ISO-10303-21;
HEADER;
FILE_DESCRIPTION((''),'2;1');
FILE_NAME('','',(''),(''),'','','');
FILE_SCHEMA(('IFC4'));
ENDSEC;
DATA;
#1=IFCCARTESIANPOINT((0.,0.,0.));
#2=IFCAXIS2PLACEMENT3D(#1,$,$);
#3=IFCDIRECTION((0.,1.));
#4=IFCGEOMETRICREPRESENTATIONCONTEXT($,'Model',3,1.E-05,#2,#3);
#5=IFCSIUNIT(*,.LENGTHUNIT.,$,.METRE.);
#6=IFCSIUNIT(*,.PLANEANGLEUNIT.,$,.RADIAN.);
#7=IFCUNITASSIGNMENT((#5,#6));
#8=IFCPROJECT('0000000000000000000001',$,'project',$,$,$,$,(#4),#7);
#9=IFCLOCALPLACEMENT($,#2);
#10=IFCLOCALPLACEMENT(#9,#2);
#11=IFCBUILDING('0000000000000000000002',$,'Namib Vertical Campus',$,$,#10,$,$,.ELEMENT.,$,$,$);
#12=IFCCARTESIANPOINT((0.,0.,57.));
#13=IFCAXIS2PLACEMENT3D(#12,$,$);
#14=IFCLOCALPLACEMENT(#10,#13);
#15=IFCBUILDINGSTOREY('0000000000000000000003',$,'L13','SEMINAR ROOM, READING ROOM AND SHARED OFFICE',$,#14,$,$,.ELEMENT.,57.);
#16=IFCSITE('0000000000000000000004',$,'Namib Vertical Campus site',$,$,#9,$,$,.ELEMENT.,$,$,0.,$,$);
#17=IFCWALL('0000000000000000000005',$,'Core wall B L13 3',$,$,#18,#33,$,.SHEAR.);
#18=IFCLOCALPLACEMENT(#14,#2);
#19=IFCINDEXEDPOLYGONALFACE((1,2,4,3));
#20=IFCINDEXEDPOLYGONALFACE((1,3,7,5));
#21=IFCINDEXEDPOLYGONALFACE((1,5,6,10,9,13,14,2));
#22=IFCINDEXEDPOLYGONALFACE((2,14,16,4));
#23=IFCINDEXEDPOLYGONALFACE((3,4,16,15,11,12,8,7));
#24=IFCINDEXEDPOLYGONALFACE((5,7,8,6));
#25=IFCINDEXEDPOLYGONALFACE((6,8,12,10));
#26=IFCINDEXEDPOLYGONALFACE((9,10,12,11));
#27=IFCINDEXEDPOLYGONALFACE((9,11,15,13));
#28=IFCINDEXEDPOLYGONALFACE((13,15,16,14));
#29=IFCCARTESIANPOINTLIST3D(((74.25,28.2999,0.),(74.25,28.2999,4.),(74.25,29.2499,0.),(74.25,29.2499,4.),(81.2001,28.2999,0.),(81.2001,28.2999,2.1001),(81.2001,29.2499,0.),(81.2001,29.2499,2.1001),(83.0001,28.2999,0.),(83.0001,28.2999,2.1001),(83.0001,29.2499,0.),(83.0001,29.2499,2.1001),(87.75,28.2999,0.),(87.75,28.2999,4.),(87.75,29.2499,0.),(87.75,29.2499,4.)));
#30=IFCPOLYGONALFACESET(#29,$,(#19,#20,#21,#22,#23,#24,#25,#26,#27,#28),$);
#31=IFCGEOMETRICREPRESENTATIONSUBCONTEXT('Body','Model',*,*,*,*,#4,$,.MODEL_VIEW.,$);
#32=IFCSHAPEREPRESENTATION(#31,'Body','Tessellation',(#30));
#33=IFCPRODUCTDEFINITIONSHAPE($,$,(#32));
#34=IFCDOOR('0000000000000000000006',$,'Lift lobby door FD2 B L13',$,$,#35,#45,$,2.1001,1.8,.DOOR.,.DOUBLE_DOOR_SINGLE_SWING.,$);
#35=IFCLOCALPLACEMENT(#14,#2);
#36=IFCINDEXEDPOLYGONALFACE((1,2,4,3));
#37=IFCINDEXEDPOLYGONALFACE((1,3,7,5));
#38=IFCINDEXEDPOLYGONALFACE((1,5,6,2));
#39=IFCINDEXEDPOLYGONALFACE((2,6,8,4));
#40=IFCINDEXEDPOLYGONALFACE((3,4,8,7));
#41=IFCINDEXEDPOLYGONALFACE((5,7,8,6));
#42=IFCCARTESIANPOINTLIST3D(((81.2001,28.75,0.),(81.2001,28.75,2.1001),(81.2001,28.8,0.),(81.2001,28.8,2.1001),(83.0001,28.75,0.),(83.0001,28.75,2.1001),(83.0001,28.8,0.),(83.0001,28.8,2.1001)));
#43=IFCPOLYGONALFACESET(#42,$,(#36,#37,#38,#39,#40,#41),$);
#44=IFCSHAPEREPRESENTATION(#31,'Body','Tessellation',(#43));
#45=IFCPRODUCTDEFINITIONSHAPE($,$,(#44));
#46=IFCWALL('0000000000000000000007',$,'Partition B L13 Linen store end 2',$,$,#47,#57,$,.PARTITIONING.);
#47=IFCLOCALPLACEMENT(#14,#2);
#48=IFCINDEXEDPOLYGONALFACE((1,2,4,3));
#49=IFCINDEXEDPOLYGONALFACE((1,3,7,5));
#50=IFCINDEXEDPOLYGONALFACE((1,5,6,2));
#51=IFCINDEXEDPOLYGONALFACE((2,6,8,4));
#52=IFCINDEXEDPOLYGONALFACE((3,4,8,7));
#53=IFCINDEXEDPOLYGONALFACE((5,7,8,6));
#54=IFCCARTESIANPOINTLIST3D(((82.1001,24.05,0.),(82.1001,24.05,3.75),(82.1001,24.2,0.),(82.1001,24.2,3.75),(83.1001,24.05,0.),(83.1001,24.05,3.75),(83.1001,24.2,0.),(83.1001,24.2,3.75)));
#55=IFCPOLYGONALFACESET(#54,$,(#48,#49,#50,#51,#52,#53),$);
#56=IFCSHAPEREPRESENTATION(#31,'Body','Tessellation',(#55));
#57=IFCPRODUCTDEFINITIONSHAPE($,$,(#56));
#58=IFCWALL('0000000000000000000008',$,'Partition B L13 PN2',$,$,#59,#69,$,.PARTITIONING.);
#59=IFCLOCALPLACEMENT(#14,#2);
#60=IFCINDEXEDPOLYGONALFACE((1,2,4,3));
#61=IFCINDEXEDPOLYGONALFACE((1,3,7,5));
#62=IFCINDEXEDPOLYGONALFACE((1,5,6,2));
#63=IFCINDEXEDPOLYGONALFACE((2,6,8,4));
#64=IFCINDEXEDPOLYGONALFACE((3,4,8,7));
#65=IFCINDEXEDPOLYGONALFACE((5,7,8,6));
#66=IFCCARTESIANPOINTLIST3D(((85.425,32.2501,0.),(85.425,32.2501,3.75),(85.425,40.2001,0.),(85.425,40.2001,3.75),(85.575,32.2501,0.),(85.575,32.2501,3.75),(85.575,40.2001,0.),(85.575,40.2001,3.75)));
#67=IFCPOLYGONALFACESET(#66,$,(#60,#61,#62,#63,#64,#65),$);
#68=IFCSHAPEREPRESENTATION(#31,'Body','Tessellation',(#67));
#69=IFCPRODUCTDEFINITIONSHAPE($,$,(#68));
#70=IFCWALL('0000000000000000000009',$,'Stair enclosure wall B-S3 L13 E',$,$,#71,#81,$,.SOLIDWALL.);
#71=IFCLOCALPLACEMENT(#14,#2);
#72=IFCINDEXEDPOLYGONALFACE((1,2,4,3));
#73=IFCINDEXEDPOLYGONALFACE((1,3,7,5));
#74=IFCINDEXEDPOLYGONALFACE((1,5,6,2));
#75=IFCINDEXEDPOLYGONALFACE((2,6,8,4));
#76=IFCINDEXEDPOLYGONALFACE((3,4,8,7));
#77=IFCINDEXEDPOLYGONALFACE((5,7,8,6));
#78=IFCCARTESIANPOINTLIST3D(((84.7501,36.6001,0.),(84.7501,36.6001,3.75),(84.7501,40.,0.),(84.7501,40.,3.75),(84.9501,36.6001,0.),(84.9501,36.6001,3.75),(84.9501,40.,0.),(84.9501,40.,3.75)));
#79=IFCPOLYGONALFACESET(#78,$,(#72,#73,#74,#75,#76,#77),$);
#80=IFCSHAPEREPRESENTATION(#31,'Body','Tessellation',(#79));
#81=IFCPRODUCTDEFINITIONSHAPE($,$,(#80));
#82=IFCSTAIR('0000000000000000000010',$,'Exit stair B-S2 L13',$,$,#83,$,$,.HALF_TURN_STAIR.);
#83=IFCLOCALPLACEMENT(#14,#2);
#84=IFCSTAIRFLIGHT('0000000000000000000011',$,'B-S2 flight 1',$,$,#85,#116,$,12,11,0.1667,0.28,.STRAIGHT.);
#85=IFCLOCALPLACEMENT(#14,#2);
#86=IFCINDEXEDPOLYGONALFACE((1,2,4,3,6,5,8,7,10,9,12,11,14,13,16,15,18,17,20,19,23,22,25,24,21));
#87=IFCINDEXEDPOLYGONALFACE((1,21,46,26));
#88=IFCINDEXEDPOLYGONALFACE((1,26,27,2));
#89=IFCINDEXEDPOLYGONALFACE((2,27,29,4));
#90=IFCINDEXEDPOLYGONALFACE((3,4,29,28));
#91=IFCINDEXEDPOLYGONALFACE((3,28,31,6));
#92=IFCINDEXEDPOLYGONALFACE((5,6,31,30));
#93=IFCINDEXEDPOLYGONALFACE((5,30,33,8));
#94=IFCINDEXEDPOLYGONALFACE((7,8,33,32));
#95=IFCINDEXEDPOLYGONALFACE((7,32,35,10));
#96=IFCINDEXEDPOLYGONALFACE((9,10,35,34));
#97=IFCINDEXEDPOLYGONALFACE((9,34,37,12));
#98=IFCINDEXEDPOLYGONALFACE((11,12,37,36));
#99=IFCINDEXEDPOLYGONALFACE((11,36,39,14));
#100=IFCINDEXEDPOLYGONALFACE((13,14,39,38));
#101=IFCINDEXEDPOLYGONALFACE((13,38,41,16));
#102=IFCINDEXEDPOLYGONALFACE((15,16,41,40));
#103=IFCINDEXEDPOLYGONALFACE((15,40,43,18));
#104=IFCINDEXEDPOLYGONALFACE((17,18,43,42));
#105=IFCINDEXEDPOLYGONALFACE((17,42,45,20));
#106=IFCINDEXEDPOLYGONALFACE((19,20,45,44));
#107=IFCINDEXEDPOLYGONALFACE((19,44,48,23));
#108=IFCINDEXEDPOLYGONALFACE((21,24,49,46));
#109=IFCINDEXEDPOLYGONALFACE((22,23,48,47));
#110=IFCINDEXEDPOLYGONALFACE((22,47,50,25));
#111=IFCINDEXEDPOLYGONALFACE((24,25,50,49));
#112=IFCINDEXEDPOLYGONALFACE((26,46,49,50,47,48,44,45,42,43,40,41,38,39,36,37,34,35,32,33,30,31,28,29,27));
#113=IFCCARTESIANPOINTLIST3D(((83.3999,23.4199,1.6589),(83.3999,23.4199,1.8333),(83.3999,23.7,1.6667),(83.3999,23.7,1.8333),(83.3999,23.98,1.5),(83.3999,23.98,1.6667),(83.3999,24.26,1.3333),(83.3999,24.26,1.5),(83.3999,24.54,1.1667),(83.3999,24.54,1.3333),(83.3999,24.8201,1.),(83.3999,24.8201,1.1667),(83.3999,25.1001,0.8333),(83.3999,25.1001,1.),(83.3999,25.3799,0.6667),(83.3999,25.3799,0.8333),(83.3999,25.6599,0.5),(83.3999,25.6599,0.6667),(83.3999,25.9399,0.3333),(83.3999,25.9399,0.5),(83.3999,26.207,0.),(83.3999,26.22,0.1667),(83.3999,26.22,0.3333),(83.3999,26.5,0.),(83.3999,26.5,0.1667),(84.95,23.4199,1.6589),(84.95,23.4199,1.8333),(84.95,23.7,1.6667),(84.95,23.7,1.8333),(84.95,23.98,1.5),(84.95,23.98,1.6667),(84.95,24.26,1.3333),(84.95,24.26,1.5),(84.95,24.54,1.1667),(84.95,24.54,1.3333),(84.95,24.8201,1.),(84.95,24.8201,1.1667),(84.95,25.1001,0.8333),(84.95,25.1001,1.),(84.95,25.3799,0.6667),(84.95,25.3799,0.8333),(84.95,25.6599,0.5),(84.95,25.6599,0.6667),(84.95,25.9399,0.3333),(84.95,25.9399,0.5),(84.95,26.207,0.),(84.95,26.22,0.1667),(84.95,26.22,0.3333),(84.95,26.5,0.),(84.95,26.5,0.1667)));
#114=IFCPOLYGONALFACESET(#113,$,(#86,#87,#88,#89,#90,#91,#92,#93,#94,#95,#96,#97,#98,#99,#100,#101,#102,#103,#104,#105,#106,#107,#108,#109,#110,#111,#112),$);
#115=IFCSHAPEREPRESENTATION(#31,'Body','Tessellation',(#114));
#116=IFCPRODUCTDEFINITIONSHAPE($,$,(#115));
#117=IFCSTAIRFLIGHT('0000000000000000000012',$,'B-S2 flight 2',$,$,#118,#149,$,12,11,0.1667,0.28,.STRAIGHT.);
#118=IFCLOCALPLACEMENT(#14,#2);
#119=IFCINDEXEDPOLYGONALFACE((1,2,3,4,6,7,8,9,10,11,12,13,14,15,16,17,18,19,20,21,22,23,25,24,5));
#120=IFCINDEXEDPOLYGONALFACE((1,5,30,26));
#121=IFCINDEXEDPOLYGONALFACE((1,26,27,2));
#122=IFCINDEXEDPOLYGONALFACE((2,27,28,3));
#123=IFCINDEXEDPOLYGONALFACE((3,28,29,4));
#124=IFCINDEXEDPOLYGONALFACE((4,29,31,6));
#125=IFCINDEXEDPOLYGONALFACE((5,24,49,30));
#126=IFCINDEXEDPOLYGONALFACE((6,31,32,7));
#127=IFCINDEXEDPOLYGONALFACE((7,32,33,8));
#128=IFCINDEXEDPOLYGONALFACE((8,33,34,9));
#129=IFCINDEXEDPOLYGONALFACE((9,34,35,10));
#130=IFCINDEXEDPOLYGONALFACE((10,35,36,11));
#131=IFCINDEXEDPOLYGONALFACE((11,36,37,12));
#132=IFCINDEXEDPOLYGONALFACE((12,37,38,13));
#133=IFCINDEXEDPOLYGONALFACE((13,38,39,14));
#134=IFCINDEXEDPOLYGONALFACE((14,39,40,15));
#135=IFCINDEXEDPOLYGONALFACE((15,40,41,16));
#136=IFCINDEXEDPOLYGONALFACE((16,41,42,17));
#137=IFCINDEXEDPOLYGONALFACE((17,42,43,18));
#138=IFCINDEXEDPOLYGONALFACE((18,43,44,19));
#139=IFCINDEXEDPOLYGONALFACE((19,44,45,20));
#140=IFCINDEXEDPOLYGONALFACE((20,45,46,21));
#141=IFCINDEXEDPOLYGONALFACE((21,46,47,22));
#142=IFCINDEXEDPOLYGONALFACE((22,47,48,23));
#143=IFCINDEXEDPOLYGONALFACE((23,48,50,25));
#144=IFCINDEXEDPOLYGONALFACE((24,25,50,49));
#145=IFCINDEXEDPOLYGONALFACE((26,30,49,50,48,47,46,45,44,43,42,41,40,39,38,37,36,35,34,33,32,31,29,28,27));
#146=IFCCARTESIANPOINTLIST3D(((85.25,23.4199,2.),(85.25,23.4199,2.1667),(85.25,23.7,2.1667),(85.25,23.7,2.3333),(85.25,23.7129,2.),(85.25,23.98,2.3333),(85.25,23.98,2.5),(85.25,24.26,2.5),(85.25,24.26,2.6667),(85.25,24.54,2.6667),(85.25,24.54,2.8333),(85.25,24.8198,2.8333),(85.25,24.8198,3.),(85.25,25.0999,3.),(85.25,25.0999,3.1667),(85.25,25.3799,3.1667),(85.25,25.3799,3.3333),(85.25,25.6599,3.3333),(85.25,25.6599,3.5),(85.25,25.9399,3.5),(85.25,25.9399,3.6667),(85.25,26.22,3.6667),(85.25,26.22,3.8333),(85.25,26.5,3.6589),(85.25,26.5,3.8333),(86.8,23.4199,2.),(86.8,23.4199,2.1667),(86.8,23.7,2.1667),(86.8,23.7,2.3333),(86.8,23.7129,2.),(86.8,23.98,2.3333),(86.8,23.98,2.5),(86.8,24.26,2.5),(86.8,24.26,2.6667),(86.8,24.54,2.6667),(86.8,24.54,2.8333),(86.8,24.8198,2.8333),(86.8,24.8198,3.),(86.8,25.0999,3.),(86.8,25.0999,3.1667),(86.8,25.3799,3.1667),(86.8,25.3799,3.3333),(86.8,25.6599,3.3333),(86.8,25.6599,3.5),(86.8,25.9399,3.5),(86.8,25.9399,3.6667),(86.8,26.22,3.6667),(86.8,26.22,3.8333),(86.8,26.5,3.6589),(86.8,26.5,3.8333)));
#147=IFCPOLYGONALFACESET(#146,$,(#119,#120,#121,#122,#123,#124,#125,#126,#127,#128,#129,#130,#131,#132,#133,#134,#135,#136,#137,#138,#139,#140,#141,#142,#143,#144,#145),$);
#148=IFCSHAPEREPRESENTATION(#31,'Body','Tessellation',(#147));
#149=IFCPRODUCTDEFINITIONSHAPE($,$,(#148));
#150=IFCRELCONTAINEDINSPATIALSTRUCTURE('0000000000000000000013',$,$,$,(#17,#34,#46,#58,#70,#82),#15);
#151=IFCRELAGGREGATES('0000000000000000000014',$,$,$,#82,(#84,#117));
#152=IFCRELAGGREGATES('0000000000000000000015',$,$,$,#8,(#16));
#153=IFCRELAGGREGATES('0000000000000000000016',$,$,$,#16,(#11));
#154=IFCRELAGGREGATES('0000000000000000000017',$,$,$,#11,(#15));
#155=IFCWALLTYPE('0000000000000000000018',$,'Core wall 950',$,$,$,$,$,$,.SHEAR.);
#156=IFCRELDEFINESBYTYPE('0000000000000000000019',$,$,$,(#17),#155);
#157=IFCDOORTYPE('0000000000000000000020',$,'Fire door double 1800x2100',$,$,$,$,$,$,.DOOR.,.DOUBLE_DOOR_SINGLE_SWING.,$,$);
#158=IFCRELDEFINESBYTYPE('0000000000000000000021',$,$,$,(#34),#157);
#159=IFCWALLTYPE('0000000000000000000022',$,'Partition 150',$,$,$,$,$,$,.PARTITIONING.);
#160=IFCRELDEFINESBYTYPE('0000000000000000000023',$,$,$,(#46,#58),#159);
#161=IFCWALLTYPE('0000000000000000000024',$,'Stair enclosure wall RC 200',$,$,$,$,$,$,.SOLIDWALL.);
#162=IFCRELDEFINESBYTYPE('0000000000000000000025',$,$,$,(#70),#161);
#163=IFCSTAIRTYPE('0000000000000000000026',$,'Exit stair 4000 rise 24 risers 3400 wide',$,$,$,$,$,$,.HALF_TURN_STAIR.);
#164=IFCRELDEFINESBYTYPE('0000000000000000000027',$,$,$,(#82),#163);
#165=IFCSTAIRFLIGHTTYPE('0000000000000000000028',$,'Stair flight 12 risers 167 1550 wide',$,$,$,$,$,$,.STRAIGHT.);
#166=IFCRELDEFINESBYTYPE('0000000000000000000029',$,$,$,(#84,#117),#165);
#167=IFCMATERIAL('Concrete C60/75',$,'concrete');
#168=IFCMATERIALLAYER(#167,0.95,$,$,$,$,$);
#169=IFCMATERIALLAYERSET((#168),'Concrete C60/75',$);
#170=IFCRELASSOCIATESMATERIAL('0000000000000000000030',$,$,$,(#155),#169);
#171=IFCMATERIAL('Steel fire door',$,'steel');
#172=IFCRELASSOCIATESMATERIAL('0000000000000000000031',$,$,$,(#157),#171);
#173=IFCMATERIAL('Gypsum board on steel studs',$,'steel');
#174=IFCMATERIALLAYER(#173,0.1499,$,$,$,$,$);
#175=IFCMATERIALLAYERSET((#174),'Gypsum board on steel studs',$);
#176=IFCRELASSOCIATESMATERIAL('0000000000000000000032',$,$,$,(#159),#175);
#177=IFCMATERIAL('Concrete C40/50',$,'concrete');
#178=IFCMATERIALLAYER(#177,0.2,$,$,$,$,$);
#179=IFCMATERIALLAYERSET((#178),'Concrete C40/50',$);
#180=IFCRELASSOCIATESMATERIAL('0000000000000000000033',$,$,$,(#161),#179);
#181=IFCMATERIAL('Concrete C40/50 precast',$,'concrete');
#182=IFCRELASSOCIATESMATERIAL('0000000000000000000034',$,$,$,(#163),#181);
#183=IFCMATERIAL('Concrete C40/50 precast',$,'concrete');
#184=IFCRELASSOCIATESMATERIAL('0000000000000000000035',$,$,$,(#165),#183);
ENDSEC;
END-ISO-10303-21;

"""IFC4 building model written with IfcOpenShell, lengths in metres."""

from ifc_helpers import new_model, si_unit, direction, frame, frame_2d, origin, place, context, subcontext, project, spatial, polyline, rectangle, outline, extrude, material, layer, layer_set, type_object, element, fill, aggregate, save


model = new_model("IFC4")

# Units and contexts
model_context = context("Model", 3, precision=1e-05, world=origin(), true_north=direction((0.0, 1.0)))
body_context = subcontext(model_context, "Body", "Model", "MODEL_VIEW")
ifc_project = project(units=[si_unit("LENGTHUNIT", "METRE"), si_unit("PLANEANGLEUNIT", "RADIAN")], contexts=[model_context])

# Site, building, storey
site_placement = place(None, origin())
site = spatial("IfcSite", under=ifc_project, at=site_placement, Name="Namib Vertical Campus site", CompositionType="ELEMENT", RefElevation=0.0)
building_placement = place(site_placement, origin())
building = spatial("IfcBuilding", under=site, at=building_placement, Name="Namib Vertical Campus", CompositionType="ELEMENT")
storey_placement = place(building_placement, frame((0.0, 0.0, 57.0)))
storey = spatial("IfcBuildingStorey", under=building, at=storey_placement, Name="L13", Description="SEMINAR ROOM, READING ROOM AND SHARED OFFICE", CompositionType="ELEMENT", Elevation=57.0)

# Wall, opening, door
ifc_material_1 = material(Name="Concrete C60/75", Category="concrete")
ifc_layer_1 = layer(ifc_material_1, 0.95)
ifc_layer_set_1 = layer_set([ifc_layer_1], Name="Concrete C60/75")
wall_type_1 = type_object("IfcWallType", Name="Core wall 950", PredefinedType="SHEAR", material=ifc_layer_set_1)
wall_1_placement = place(storey_placement, frame((87.75, 28.7749, 0.0), z_axis=(0.0, 0.0, 1.0), x_axis=(-1.0, 0.0, 0.0)))
wall_1 = element("IfcWall", 1, at=wall_1_placement, inside=storey, type_object=wall_type_1, Name="Core wall B L13 3", PredefinedType="SHEAR", context=body_context, shape_type="SweptSolid", body=[
    extrude(rectangle(XDim=13.5, YDim=0.95, at=frame_2d((6.75, 0.0))), origin(), (0.0, 0.0, 1.0), 4.0),
])
opening_placement = place(wall_1_placement, frame((4.75, 0.0, 0.0)))
opening = element("IfcOpeningElement", 2, at=opening_placement, cuts=wall_1, PredefinedType="OPENING", context=body_context, shape_type="SweptSolid", body=[
    extrude(rectangle(XDim=1.8, YDim=2.1001, at=frame_2d((0.8999, 1.05))), frame((0.0, 0.4849, 0.0), z_axis=(0.0, -1.0, 0.0), x_axis=(1.0, 0.0, 0.0)), (0.0, 0.0, 1.0), 0.97),
])
ifc_material_2 = material(Name="Steel fire door", Category="steel")
door_type = type_object("IfcDoorType", Name="Fire door double 1800x2100", OperationType="DOUBLE_DOOR_SINGLE_SWING", PredefinedType="DOOR", material=ifc_material_2)
door_placement = place(opening_placement, origin())
door = element("IfcDoor", 3, at=door_placement, inside=storey, type_object=door_type, Name="Lift lobby door FD2 B L13", OperationType="DOUBLE_DOOR_SINGLE_SWING", OverallHeight=2.1001, OverallWidth=1.8, PredefinedType="DOOR", context=body_context, shape_type="SweptSolid", body=[
    extrude(rectangle(XDim=1.8, YDim=2.1001, at=frame_2d((0.8999, 1.05))), frame((0.0, 0.0249, 0.0), z_axis=(0.0, -1.0, 0.0), x_axis=(1.0, 0.0, 0.0)), (0.0, 0.0, 1.0), 0.05),
])
fill(opening, door)

# Walls
ifc_material_3 = material(Name="Gypsum board on steel studs", Category="steel")
ifc_layer_2 = layer(ifc_material_3, 0.1499)
ifc_layer_set_2 = layer_set([ifc_layer_2], Name="Gypsum board on steel studs")
wall_type_2 = type_object("IfcWallType", Name="Partition 150", PredefinedType="PARTITIONING", material=ifc_layer_set_2)
wall_2_placement = place(storey_placement, frame((82.1001, 24.125, 0.0), z_axis=(0.0, 0.0, 1.0), x_axis=(1.0, 0.0, 0.0)))
element("IfcWall", 4, at=wall_2_placement, inside=storey, type_object=wall_type_2, Name="Partition B L13 Linen store end 2", PredefinedType="PARTITIONING", context=body_context, shape_type="SweptSolid", body=[
    extrude(rectangle(XDim=1.0, YDim=0.1499, at=frame_2d((0.5, 0.0))), origin(), (0.0, 0.0, 1.0), 3.75),
])
wall_3_placement = place(storey_placement, frame((85.5, 32.25, 0.0), z_axis=(0.0, 0.0, 1.0), x_axis=(0.0, 1.0, 0.0)))
element("IfcWall", 5, at=wall_3_placement, inside=storey, type_object=wall_type_2, Name="Partition B L13 PN2", PredefinedType="PARTITIONING", context=body_context, shape_type="SweptSolid", body=[
    extrude(rectangle(XDim=7.95, YDim=0.1499, at=frame_2d((3.9751, 0.0))), origin(), (0.0, 0.0, 1.0), 3.75),
])
ifc_material_4 = material(Name="Concrete C40/50", Category="concrete")
ifc_layer_3 = layer(ifc_material_4, 0.2)
ifc_layer_set_3 = layer_set([ifc_layer_3], Name="Concrete C40/50")
wall_type_3 = type_object("IfcWallType", Name="Stair enclosure wall RC 200", PredefinedType="SOLIDWALL", material=ifc_layer_set_3)
wall_4_placement = place(storey_placement, frame((84.8501, 36.6001, 0.0), z_axis=(0.0, 0.0, 1.0), x_axis=(0.0, 1.0, 0.0)))
element("IfcWall", 6, at=wall_4_placement, inside=storey, type_object=wall_type_3, Name="Stair enclosure wall B-S3 L13 E", PredefinedType="SOLIDWALL", context=body_context, shape_type="SweptSolid", body=[
    extrude(rectangle(XDim=3.3999, YDim=0.2, at=frame_2d((1.7, 0.0))), origin(), (0.0, 0.0, 1.0), 3.75),
])

# Stair, stair flights
ifc_material_5 = material(Name="Concrete C40/50 precast", Category="concrete")
stair_type = type_object("IfcStairType", Name="Exit stair 4000 rise 24 risers 3400 wide", PredefinedType="HALF_TURN_STAIR", material=ifc_material_5)
stair_1_placement = place(storey_placement, origin())
stair_1 = element("IfcStair", 7, at=stair_1_placement, inside=storey, type_object=stair_type, Name="Exit stair B-S2 L13", PredefinedType="HALF_TURN_STAIR")
ifc_material_6 = material(Name="Concrete C40/50 precast", Category="concrete")
stair_flight_type = type_object("IfcStairFlightType", Name="Stair flight 12 risers 167 1550 wide", PredefinedType="STRAIGHT", material=ifc_material_6)
stair_flight_1_placement = place(storey_placement, frame((84.175, 26.5, 0.0), z_axis=(0.0, 0.0, 1.0), x_axis=(0.0, -1.0, 0.0)))
stair_flight_1 = element("IfcStairFlight", 8, at=stair_flight_1_placement, type_object=stair_flight_type, Name="B-S2 flight 1", NumberOfRisers=12, NumberOfTreads=11, PredefinedType="STRAIGHT", RiserHeight=0.1667, TreadLength=0.28, context=body_context, shape_type="SweptSolid", body=[
    extrude(outline(polyline([(0.0, 0.0), (0.0, 0.1667), (0.28, 0.1667), (0.28, 0.3333), (0.5601, 0.3333), (0.5601, 0.5), (0.8401, 0.5), (0.8401, 0.6667), (1.1201, 0.6667), (1.1201, 0.8333), (1.3999, 0.8333), (1.3999, 1.0), (1.6799, 1.0), (1.6799, 1.1667), (1.96, 1.1667), (1.96, 1.3333), (2.24, 1.3333), (2.24, 1.5), (2.52, 1.5), (2.52, 1.6667), (2.8, 1.6667), (2.8, 1.8333), (3.0801, 1.8333), (3.0801, 2.0), (3.0801, 1.6589), (0.293, 0.0), (0.0, 0.0)])), frame((0.0, 0.7749, 0.0), z_axis=(0.0, -1.0, 0.0), x_axis=(1.0, 0.0, 0.0)), (0.0, 0.0, 1.0), 1.55),
])
stair_flight_2_placement = place(storey_placement, frame((86.0249, 23.4199, 2.0), z_axis=(0.0, 0.0, 1.0), x_axis=(0.0, 1.0, 0.0)))
stair_flight_2 = element("IfcStairFlight", 9, at=stair_flight_2_placement, type_object=stair_flight_type, Name="B-S2 flight 2", NumberOfRisers=12, NumberOfTreads=11, PredefinedType="STRAIGHT", RiserHeight=0.1667, TreadLength=0.28, context=body_context, shape_type="SweptSolid", body=[
    extrude(outline(polyline([(0.0, 0.0), (0.0, 0.1667), (0.28, 0.1667), (0.28, 0.3333), (0.5601, 0.3333), (0.5601, 0.5), (0.8401, 0.5), (0.8401, 0.6667), (1.1201, 0.6667), (1.1201, 0.8333), (1.3999, 0.8333), (1.3999, 1.0), (1.6799, 1.0), (1.6799, 1.1667), (1.96, 1.1667), (1.96, 1.3333), (2.24, 1.3333), (2.24, 1.5), (2.52, 1.5), (2.52, 1.6667), (2.8, 1.6667), (2.8, 1.8333), (3.0801, 1.8333), (3.0801, 2.0), (3.0801, 1.6589), (0.293, 0.0), (0.0, 0.0)])), frame((0.0, 0.7749, 0.0), z_axis=(0.0, -1.0, 0.0), x_axis=(1.0, 0.0, 0.0)), (0.0, 0.0, 1.0), 1.55),
])
aggregate(stair_1, [stair_flight_1, stair_flight_2])

save(model, "model.ifc")
